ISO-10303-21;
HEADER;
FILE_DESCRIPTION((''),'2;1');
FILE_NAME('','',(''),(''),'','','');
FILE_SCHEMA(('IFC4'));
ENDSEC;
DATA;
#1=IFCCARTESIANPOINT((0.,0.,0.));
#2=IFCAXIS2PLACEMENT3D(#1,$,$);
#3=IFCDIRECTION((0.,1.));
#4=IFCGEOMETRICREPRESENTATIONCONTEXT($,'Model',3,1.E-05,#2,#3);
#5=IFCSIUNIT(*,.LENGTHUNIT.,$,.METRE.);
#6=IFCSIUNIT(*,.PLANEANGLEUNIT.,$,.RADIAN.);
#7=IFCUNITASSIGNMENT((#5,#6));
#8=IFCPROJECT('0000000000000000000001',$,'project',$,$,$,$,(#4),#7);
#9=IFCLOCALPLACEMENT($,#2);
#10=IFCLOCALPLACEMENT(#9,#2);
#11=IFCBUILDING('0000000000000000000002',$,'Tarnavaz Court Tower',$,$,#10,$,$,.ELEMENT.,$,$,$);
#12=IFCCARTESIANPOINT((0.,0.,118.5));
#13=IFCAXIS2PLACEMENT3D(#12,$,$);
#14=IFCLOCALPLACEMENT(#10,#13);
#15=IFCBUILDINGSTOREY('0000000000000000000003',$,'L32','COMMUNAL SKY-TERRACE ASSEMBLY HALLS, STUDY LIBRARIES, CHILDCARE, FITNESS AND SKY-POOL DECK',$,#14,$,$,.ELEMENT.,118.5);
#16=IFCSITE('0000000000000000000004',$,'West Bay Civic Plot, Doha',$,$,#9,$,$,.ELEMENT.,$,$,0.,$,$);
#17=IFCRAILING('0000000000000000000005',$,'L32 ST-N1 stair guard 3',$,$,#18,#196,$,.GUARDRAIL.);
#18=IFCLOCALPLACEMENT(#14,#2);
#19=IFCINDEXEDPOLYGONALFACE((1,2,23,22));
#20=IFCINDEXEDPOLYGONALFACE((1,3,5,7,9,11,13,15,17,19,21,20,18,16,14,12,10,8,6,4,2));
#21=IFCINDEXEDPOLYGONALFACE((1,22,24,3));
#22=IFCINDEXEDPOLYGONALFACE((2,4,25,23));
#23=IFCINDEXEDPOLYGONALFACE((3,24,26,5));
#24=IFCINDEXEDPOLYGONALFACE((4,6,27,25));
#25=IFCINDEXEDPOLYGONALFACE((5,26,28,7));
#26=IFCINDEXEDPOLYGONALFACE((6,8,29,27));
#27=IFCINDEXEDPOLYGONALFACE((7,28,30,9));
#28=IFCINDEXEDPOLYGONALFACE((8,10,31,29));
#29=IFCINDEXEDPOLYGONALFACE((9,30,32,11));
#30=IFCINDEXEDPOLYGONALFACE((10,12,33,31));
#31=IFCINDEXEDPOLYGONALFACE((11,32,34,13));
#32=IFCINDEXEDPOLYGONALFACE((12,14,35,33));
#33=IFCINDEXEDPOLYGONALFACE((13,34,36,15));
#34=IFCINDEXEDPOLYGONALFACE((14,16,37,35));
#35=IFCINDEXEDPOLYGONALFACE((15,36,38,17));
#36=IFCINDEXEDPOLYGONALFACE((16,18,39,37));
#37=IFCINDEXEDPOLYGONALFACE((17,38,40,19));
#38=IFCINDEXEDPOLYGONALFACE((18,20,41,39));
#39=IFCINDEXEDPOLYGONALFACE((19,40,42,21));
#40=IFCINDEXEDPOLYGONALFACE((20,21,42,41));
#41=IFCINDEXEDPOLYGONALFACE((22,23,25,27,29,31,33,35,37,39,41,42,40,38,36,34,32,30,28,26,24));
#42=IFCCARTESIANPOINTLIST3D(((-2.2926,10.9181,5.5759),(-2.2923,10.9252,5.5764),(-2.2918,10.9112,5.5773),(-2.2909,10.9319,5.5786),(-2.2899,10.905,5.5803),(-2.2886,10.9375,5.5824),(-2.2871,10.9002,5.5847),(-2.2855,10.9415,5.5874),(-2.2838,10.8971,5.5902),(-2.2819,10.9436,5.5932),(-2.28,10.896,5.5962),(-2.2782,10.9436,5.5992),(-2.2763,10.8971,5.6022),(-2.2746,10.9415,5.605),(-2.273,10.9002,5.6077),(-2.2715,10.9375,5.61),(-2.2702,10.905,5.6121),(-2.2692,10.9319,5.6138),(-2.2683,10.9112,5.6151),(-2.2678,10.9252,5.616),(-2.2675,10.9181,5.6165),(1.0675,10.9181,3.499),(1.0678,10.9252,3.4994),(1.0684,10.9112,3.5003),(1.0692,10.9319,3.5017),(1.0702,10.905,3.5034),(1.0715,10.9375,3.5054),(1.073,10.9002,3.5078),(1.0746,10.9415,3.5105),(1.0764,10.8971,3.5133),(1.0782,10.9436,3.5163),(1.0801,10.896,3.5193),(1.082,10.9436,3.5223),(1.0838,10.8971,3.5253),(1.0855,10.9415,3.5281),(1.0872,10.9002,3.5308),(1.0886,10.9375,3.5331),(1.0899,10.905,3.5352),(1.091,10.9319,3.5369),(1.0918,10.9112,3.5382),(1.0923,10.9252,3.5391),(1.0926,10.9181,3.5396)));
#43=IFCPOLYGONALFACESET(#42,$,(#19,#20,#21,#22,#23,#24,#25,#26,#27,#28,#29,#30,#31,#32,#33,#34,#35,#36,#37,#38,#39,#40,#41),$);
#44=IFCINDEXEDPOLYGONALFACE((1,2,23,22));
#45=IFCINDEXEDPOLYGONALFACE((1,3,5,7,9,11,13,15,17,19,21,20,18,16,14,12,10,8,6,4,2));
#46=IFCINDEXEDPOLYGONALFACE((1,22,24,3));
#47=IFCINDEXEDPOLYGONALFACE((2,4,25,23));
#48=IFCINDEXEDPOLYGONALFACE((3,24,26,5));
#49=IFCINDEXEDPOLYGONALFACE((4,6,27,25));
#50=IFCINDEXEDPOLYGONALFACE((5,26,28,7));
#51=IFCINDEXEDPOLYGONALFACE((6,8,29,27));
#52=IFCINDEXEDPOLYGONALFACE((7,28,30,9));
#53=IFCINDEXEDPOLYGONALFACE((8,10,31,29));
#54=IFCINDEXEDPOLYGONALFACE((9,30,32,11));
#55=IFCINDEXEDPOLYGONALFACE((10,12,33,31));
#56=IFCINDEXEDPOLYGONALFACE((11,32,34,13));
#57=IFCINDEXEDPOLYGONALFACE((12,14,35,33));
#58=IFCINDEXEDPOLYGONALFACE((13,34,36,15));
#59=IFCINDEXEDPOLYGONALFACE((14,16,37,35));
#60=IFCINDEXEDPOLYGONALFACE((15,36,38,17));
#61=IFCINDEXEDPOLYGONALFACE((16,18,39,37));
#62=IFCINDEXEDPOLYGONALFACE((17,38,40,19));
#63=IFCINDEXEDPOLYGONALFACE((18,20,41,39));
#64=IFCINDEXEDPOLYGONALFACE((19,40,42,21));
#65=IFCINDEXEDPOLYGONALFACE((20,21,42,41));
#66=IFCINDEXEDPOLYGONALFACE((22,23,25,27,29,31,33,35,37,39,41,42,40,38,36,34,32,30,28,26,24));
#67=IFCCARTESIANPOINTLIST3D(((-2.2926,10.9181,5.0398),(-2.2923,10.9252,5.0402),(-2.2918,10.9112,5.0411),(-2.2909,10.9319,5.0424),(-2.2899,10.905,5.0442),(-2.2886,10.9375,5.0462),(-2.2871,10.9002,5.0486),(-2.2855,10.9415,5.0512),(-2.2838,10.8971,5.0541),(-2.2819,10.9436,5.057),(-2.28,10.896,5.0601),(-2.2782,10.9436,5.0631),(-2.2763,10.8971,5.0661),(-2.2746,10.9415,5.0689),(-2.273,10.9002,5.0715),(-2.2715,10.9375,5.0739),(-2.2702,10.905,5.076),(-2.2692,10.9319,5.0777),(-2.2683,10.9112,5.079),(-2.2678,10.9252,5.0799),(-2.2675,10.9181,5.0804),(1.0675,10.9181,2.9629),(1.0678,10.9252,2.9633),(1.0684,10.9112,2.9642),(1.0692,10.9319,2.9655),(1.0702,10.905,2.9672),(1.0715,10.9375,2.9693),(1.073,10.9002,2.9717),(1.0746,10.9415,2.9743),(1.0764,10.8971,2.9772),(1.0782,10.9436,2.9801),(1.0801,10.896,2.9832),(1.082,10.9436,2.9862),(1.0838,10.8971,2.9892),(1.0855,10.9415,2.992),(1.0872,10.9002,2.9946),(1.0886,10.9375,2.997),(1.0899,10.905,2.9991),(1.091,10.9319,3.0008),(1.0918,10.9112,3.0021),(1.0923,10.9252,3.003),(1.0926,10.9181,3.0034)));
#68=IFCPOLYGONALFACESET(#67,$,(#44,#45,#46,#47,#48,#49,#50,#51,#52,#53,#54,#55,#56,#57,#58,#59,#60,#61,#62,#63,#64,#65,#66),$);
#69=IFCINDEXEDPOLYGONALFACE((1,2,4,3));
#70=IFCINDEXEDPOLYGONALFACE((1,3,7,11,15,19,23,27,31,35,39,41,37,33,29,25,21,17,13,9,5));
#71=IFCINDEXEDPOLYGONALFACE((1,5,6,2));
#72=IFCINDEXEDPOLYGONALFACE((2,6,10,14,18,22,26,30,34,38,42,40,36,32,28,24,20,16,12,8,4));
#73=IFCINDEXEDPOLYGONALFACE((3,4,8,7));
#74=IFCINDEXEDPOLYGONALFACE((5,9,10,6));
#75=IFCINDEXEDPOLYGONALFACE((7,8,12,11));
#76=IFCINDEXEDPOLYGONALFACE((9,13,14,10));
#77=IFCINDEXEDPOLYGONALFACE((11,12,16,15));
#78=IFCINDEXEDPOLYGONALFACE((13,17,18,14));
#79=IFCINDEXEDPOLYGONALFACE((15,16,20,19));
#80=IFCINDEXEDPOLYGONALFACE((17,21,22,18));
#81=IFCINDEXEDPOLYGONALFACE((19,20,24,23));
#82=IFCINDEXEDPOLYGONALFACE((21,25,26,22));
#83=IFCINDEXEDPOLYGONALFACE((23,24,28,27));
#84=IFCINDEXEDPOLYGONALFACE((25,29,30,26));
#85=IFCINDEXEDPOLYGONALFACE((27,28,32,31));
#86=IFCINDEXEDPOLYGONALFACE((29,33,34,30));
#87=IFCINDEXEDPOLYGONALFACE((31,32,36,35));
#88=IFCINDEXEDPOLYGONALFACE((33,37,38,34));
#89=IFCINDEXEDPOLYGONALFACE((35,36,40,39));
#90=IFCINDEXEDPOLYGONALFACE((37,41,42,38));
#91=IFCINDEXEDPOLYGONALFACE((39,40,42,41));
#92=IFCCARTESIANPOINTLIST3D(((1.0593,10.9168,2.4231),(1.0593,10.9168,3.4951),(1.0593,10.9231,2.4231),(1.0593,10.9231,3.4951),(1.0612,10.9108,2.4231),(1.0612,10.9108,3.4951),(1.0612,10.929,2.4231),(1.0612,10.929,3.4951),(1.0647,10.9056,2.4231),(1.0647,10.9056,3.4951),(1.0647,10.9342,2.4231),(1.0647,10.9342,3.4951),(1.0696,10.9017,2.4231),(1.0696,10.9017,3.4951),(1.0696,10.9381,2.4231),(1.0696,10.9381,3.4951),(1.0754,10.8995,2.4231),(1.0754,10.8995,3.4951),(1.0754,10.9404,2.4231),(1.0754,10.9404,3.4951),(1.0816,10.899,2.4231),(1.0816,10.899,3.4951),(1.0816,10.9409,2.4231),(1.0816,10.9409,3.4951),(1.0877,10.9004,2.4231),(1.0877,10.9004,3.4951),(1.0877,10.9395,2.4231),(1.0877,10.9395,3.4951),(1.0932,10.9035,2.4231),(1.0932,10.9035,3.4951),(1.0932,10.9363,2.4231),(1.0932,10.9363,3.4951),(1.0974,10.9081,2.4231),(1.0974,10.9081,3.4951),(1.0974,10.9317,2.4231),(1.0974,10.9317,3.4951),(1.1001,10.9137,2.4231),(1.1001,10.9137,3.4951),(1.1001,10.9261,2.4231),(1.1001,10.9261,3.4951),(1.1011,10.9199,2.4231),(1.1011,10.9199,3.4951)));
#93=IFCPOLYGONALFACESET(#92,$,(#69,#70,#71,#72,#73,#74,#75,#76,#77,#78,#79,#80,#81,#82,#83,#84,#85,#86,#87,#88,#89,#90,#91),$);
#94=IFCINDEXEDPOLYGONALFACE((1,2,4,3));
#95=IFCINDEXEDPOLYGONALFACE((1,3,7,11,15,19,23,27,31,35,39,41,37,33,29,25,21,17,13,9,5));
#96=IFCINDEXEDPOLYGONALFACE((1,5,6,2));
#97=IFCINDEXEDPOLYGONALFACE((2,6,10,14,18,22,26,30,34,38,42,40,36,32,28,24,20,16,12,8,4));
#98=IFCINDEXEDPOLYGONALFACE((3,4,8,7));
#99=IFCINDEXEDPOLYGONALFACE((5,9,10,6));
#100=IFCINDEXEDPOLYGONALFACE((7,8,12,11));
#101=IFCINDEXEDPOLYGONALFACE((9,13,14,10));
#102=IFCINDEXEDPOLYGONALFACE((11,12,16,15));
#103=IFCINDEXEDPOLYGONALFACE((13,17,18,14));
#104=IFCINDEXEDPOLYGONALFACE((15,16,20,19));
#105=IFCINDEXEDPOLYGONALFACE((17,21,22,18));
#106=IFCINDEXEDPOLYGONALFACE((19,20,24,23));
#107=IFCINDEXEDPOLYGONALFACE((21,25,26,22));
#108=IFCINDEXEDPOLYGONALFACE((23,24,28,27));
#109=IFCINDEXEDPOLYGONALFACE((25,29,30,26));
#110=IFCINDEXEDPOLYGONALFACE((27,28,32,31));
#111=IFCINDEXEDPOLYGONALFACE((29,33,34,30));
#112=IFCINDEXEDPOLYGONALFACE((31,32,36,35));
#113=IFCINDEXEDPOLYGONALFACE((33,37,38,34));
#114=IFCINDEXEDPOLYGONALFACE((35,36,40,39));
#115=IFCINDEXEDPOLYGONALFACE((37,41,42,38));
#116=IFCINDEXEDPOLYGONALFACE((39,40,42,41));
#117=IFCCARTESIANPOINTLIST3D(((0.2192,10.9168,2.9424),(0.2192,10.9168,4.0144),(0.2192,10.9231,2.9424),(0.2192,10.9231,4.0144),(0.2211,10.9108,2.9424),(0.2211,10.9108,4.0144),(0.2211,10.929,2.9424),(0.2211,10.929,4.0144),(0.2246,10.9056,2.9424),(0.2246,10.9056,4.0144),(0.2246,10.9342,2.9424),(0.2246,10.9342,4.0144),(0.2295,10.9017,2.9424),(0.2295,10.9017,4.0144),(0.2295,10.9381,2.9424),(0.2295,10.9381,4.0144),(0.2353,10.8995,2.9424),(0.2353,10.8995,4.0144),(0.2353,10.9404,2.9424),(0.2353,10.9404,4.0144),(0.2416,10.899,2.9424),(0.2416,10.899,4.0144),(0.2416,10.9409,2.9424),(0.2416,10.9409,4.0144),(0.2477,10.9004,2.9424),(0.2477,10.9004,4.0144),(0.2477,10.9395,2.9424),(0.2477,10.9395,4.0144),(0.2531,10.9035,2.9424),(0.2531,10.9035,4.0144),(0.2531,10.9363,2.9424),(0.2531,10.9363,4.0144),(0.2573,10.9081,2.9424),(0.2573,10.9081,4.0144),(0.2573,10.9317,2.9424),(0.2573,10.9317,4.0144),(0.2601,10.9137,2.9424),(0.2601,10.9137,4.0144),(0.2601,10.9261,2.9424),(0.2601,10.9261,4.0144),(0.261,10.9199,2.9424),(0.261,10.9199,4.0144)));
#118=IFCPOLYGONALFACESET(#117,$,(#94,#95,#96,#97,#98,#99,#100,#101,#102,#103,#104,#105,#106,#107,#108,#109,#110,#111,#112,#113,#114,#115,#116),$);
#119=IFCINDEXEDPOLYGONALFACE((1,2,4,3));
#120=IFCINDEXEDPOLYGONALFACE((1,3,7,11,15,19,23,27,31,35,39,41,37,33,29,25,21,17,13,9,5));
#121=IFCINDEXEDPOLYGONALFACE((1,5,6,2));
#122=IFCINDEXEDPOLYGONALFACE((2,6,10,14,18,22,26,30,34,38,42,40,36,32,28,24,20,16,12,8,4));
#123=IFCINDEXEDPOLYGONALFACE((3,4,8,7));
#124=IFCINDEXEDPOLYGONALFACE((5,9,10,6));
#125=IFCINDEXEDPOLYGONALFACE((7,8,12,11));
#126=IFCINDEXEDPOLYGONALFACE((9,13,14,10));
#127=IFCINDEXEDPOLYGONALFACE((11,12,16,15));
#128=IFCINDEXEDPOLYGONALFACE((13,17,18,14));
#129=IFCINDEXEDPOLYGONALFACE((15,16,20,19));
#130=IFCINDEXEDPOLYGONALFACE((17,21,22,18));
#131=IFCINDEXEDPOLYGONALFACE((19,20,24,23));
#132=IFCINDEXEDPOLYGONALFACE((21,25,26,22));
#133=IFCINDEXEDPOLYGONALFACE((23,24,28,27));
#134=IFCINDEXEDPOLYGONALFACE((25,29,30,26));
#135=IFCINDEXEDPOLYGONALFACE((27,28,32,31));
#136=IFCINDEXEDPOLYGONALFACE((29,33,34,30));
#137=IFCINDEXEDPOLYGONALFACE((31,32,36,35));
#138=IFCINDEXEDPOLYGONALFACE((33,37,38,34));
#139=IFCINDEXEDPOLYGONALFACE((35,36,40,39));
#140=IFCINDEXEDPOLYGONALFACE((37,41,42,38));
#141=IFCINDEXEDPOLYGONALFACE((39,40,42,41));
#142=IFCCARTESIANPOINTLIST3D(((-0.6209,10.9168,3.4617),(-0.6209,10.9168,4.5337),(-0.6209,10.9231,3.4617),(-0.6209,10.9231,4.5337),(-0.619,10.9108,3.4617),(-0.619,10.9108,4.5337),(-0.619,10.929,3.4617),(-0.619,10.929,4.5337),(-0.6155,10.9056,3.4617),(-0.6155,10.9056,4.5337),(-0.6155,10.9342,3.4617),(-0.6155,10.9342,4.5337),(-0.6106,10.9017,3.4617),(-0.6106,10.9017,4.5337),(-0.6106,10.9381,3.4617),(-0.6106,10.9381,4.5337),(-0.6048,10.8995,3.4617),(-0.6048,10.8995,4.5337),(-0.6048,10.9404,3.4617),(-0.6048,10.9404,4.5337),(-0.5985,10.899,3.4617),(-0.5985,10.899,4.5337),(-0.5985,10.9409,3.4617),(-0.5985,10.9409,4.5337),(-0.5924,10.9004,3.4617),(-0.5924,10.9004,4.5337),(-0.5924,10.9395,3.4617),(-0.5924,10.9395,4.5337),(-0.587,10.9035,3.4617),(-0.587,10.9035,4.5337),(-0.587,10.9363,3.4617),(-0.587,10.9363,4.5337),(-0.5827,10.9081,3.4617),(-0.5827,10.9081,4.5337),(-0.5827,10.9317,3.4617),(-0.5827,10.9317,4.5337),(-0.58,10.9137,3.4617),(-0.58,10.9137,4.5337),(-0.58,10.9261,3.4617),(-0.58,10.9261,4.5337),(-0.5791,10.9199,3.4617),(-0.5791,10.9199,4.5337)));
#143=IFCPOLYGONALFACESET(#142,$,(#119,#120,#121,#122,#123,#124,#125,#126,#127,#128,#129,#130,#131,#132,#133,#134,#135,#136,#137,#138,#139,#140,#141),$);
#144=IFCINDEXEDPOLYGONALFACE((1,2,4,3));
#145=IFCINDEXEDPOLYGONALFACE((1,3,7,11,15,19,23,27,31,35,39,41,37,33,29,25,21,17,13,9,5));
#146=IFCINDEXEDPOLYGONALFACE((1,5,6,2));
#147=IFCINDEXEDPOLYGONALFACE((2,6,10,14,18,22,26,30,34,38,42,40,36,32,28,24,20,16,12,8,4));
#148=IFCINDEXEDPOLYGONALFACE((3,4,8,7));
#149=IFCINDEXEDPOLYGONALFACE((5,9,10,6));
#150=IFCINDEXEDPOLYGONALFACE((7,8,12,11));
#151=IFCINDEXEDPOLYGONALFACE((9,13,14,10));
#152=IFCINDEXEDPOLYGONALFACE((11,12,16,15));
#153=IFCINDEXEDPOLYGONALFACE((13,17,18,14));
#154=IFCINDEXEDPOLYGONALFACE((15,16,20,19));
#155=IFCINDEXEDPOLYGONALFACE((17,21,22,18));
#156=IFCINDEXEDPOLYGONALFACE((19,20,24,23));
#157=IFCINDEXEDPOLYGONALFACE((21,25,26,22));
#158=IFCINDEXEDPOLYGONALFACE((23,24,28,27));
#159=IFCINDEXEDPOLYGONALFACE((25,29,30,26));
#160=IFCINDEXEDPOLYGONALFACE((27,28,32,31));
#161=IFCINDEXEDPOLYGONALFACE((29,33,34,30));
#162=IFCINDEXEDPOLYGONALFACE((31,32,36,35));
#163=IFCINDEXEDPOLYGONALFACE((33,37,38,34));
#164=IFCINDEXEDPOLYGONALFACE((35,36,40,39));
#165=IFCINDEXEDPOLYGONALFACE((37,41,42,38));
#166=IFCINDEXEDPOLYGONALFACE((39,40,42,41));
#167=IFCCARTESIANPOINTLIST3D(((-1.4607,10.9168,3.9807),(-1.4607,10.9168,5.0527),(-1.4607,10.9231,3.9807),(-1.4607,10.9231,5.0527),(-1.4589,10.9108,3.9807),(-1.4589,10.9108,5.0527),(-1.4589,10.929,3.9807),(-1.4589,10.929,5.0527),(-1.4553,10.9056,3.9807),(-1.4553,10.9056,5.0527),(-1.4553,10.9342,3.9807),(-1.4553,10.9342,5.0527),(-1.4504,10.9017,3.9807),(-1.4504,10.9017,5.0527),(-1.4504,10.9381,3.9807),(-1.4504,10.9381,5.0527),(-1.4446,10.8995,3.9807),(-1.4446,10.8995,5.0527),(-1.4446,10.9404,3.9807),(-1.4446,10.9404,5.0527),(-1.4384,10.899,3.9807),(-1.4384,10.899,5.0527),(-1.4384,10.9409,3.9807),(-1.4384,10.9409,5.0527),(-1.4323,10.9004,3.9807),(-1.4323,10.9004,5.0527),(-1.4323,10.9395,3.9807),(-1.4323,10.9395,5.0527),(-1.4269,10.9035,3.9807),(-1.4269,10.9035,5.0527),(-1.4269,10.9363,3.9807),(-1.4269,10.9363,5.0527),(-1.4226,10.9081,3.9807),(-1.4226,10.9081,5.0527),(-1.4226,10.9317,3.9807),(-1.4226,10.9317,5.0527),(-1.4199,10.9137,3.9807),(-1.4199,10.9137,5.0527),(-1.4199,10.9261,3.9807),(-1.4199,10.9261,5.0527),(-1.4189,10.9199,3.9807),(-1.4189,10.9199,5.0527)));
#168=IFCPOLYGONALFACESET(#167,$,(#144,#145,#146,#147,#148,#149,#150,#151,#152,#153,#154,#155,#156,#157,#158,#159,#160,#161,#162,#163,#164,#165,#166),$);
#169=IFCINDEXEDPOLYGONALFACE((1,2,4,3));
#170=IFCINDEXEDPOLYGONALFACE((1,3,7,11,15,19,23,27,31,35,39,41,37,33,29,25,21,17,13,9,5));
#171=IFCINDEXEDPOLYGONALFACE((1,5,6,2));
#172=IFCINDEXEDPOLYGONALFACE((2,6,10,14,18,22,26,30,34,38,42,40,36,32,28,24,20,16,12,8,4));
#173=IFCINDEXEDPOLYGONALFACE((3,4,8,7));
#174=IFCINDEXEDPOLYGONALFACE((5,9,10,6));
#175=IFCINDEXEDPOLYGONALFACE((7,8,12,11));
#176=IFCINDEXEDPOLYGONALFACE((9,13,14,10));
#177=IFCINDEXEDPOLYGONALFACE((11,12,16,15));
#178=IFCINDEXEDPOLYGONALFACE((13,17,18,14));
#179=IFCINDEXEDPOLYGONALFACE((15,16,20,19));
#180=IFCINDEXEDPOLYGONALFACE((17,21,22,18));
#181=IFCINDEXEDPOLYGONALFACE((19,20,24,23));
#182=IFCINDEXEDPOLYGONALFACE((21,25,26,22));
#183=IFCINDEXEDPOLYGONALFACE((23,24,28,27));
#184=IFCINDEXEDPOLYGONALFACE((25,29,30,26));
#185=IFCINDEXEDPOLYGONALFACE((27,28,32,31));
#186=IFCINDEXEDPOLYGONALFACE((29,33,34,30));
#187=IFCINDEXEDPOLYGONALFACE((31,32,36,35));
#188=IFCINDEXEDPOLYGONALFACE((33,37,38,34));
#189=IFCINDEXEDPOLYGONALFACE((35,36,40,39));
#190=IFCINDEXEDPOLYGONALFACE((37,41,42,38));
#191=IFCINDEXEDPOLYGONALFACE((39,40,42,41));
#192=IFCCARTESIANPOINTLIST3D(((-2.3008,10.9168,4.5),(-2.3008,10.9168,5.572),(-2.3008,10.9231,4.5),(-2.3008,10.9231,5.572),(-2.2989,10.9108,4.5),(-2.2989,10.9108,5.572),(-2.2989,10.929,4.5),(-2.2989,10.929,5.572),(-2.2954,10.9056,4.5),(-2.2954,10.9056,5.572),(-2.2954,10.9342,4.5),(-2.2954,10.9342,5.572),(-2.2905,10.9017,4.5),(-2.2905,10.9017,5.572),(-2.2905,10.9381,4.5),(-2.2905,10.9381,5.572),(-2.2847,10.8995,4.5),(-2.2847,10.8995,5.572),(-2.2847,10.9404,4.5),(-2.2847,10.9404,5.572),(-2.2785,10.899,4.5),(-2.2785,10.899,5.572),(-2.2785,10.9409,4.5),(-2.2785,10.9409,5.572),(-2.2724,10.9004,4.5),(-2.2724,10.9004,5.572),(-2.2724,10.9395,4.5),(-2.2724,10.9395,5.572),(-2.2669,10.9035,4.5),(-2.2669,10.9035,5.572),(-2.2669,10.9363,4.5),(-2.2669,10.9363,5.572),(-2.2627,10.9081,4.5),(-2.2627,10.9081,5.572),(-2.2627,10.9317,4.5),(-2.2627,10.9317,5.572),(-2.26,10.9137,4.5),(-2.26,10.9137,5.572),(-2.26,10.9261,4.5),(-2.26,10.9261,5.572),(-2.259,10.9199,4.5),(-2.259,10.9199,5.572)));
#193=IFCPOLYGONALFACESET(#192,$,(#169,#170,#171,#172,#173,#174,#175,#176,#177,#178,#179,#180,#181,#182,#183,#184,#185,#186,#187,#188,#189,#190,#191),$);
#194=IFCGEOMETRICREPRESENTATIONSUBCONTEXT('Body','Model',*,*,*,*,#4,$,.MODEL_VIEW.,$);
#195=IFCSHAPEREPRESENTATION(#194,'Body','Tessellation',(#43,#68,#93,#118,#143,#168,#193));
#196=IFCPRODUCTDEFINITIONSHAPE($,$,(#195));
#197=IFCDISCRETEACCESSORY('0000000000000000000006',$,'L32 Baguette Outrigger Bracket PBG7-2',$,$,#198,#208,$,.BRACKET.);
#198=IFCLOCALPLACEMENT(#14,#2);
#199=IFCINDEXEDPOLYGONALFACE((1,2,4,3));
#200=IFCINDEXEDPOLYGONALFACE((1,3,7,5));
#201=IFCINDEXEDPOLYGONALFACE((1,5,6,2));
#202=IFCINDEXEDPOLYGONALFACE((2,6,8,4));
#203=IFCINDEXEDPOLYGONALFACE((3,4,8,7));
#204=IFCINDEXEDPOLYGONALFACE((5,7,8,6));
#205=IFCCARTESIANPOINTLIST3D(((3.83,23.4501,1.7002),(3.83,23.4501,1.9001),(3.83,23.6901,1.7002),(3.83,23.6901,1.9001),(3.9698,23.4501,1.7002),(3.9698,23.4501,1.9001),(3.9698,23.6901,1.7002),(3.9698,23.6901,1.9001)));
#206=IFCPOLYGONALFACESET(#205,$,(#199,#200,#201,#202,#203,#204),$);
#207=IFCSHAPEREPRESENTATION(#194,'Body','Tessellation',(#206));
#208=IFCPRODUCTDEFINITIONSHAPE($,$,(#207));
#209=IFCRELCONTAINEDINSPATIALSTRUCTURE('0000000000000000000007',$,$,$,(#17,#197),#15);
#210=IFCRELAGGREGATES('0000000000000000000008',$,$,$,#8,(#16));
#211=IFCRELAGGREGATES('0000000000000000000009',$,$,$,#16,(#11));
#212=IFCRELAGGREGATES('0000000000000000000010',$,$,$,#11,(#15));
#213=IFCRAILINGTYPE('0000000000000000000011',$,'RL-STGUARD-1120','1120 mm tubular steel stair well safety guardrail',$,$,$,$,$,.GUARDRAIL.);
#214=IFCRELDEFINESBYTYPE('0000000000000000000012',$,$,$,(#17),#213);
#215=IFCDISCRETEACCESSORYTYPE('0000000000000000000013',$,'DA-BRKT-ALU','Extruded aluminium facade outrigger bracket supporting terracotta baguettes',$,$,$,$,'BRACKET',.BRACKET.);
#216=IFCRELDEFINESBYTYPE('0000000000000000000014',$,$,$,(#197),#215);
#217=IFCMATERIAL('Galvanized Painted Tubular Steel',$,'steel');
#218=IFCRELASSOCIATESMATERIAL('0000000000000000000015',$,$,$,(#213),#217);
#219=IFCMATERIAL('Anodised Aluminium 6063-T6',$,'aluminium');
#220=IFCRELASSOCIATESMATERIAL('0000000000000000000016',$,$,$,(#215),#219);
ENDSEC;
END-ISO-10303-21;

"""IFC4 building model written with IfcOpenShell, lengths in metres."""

from ifc_helpers import new_model, si_unit, direction, frame, origin, origin_2d, place, context, subcontext, project, spatial, rectangle, circle, extrude, material, type_object, element, save


model = new_model("IFC4")

# Units and contexts
model_context = context("Model", 3, precision=1e-05, world=origin(), true_north=direction((0.0, 1.0)))
body_context = subcontext(model_context, "Body", "Model", "MODEL_VIEW")
ifc_project = project(units=[si_unit("LENGTHUNIT", "METRE"), si_unit("PLANEANGLEUNIT", "RADIAN")], contexts=[model_context])

# Site, building, storey
site_placement = place(None, origin())
site = spatial("IfcSite", under=ifc_project, at=site_placement, Name="West Bay Civic Plot, Doha", CompositionType="ELEMENT", RefElevation=0.0)
building_placement = place(site_placement, origin())
building = spatial("IfcBuilding", under=site, at=building_placement, Name="Tarnavaz Court Tower", CompositionType="ELEMENT")
storey_placement = place(building_placement, frame((0.0, 0.0, 118.5)))
storey = spatial("IfcBuildingStorey", under=building, at=storey_placement, Name="L32", Description="COMMUNAL SKY-TERRACE ASSEMBLY HALLS, STUDY LIBRARIES, CHILDCARE, FITNESS AND SKY-POOL DECK", CompositionType="ELEMENT", Elevation=118.5)

# Shared definitions
ifc_material_1 = material(Name="Anodised Aluminium 6063-T6", Category="aluminium")

# Railing
ifc_material_2 = material(Name="Galvanized Painted Tubular Steel", Category="steel")
railing_type_1 = type_object("IfcRailingType", Name="RL-STGUARD-1120", Description="1120 mm tubular steel stair well safety guardrail", PredefinedType="GUARDRAIL", material=ifc_material_2)
railing_1_placement = place(storey_placement, frame((1.0801, 10.9199, 2.4231)))
element("IfcRailing", 1, at=railing_1_placement, inside=storey, type_object=railing_type_1, Name="L32 ST-N1 stair guard 3", PredefinedType="GUARDRAIL", context=body_context, shape_type="SweptSolid", body=[
    extrude(circle(Radius=0.0239, at=origin_2d()), frame((0.0, 0.0, 1.0962), z_axis=(-0.850623, 0.0, 0.525776), x_axis=(0.0, -1.0, 0.0)), (0.0, 0.0, 1.0), 3.9502),
    extrude(circle(Radius=0.0239, at=origin_2d()), frame((0.0, 0.0, 0.5601), z_axis=(-0.850623, 0.0, 0.525776), x_axis=(0.0, -1.0, 0.0)), (0.0, 0.0, 1.0), 3.9502),
    extrude(circle(Radius=0.021, at=origin_2d()), origin(), (0.0, 0.0, 1.0), 1.072),
    extrude(circle(Radius=0.021, at=origin_2d()), frame((-0.8401, 0.0, 0.5193)), (0.0, 0.0, 1.0), 1.072),
    extrude(circle(Radius=0.021, at=origin_2d()), frame((-1.6802, 0.0, 1.0386)), (0.0, 0.0, 1.0), 1.072),
    extrude(circle(Radius=0.021, at=origin_2d()), frame((-2.52, 0.0, 1.5576)), (0.0, 0.0, 1.0), 1.072),
    extrude(circle(Radius=0.021, at=origin_2d()), frame((-3.3601, 0.0, 2.0769)), (0.0, 0.0, 1.0), 1.072),
])

# Discrete accessory
discrete_accessory_type = type_object("IfcDiscreteAccessoryType", Name="DA-BRKT-ALU", Description="Extruded aluminium facade outrigger bracket supporting terracotta baguettes", ElementType="BRACKET", PredefinedType="BRACKET", material=ifc_material_1)
discrete_accessory_1_placement = place(storey_placement, frame((3.8999, 23.5701, 1.7002), z_axis=(0.0, 0.0, 1.0), x_axis=(1.0, 0.0, 0.0)))
element("IfcDiscreteAccessory", 2, at=discrete_accessory_1_placement, inside=storey, type_object=discrete_accessory_type, Name="L32 Baguette Outrigger Bracket PBG7-2", PredefinedType="BRACKET", context=body_context, shape_type="SweptSolid", body=[
    extrude(rectangle(XDim=0.1399, YDim=0.24, at=origin_2d()), origin(), (0.0, 0.0, 1.0), 0.2),
])

save(model, "model.ifc")
